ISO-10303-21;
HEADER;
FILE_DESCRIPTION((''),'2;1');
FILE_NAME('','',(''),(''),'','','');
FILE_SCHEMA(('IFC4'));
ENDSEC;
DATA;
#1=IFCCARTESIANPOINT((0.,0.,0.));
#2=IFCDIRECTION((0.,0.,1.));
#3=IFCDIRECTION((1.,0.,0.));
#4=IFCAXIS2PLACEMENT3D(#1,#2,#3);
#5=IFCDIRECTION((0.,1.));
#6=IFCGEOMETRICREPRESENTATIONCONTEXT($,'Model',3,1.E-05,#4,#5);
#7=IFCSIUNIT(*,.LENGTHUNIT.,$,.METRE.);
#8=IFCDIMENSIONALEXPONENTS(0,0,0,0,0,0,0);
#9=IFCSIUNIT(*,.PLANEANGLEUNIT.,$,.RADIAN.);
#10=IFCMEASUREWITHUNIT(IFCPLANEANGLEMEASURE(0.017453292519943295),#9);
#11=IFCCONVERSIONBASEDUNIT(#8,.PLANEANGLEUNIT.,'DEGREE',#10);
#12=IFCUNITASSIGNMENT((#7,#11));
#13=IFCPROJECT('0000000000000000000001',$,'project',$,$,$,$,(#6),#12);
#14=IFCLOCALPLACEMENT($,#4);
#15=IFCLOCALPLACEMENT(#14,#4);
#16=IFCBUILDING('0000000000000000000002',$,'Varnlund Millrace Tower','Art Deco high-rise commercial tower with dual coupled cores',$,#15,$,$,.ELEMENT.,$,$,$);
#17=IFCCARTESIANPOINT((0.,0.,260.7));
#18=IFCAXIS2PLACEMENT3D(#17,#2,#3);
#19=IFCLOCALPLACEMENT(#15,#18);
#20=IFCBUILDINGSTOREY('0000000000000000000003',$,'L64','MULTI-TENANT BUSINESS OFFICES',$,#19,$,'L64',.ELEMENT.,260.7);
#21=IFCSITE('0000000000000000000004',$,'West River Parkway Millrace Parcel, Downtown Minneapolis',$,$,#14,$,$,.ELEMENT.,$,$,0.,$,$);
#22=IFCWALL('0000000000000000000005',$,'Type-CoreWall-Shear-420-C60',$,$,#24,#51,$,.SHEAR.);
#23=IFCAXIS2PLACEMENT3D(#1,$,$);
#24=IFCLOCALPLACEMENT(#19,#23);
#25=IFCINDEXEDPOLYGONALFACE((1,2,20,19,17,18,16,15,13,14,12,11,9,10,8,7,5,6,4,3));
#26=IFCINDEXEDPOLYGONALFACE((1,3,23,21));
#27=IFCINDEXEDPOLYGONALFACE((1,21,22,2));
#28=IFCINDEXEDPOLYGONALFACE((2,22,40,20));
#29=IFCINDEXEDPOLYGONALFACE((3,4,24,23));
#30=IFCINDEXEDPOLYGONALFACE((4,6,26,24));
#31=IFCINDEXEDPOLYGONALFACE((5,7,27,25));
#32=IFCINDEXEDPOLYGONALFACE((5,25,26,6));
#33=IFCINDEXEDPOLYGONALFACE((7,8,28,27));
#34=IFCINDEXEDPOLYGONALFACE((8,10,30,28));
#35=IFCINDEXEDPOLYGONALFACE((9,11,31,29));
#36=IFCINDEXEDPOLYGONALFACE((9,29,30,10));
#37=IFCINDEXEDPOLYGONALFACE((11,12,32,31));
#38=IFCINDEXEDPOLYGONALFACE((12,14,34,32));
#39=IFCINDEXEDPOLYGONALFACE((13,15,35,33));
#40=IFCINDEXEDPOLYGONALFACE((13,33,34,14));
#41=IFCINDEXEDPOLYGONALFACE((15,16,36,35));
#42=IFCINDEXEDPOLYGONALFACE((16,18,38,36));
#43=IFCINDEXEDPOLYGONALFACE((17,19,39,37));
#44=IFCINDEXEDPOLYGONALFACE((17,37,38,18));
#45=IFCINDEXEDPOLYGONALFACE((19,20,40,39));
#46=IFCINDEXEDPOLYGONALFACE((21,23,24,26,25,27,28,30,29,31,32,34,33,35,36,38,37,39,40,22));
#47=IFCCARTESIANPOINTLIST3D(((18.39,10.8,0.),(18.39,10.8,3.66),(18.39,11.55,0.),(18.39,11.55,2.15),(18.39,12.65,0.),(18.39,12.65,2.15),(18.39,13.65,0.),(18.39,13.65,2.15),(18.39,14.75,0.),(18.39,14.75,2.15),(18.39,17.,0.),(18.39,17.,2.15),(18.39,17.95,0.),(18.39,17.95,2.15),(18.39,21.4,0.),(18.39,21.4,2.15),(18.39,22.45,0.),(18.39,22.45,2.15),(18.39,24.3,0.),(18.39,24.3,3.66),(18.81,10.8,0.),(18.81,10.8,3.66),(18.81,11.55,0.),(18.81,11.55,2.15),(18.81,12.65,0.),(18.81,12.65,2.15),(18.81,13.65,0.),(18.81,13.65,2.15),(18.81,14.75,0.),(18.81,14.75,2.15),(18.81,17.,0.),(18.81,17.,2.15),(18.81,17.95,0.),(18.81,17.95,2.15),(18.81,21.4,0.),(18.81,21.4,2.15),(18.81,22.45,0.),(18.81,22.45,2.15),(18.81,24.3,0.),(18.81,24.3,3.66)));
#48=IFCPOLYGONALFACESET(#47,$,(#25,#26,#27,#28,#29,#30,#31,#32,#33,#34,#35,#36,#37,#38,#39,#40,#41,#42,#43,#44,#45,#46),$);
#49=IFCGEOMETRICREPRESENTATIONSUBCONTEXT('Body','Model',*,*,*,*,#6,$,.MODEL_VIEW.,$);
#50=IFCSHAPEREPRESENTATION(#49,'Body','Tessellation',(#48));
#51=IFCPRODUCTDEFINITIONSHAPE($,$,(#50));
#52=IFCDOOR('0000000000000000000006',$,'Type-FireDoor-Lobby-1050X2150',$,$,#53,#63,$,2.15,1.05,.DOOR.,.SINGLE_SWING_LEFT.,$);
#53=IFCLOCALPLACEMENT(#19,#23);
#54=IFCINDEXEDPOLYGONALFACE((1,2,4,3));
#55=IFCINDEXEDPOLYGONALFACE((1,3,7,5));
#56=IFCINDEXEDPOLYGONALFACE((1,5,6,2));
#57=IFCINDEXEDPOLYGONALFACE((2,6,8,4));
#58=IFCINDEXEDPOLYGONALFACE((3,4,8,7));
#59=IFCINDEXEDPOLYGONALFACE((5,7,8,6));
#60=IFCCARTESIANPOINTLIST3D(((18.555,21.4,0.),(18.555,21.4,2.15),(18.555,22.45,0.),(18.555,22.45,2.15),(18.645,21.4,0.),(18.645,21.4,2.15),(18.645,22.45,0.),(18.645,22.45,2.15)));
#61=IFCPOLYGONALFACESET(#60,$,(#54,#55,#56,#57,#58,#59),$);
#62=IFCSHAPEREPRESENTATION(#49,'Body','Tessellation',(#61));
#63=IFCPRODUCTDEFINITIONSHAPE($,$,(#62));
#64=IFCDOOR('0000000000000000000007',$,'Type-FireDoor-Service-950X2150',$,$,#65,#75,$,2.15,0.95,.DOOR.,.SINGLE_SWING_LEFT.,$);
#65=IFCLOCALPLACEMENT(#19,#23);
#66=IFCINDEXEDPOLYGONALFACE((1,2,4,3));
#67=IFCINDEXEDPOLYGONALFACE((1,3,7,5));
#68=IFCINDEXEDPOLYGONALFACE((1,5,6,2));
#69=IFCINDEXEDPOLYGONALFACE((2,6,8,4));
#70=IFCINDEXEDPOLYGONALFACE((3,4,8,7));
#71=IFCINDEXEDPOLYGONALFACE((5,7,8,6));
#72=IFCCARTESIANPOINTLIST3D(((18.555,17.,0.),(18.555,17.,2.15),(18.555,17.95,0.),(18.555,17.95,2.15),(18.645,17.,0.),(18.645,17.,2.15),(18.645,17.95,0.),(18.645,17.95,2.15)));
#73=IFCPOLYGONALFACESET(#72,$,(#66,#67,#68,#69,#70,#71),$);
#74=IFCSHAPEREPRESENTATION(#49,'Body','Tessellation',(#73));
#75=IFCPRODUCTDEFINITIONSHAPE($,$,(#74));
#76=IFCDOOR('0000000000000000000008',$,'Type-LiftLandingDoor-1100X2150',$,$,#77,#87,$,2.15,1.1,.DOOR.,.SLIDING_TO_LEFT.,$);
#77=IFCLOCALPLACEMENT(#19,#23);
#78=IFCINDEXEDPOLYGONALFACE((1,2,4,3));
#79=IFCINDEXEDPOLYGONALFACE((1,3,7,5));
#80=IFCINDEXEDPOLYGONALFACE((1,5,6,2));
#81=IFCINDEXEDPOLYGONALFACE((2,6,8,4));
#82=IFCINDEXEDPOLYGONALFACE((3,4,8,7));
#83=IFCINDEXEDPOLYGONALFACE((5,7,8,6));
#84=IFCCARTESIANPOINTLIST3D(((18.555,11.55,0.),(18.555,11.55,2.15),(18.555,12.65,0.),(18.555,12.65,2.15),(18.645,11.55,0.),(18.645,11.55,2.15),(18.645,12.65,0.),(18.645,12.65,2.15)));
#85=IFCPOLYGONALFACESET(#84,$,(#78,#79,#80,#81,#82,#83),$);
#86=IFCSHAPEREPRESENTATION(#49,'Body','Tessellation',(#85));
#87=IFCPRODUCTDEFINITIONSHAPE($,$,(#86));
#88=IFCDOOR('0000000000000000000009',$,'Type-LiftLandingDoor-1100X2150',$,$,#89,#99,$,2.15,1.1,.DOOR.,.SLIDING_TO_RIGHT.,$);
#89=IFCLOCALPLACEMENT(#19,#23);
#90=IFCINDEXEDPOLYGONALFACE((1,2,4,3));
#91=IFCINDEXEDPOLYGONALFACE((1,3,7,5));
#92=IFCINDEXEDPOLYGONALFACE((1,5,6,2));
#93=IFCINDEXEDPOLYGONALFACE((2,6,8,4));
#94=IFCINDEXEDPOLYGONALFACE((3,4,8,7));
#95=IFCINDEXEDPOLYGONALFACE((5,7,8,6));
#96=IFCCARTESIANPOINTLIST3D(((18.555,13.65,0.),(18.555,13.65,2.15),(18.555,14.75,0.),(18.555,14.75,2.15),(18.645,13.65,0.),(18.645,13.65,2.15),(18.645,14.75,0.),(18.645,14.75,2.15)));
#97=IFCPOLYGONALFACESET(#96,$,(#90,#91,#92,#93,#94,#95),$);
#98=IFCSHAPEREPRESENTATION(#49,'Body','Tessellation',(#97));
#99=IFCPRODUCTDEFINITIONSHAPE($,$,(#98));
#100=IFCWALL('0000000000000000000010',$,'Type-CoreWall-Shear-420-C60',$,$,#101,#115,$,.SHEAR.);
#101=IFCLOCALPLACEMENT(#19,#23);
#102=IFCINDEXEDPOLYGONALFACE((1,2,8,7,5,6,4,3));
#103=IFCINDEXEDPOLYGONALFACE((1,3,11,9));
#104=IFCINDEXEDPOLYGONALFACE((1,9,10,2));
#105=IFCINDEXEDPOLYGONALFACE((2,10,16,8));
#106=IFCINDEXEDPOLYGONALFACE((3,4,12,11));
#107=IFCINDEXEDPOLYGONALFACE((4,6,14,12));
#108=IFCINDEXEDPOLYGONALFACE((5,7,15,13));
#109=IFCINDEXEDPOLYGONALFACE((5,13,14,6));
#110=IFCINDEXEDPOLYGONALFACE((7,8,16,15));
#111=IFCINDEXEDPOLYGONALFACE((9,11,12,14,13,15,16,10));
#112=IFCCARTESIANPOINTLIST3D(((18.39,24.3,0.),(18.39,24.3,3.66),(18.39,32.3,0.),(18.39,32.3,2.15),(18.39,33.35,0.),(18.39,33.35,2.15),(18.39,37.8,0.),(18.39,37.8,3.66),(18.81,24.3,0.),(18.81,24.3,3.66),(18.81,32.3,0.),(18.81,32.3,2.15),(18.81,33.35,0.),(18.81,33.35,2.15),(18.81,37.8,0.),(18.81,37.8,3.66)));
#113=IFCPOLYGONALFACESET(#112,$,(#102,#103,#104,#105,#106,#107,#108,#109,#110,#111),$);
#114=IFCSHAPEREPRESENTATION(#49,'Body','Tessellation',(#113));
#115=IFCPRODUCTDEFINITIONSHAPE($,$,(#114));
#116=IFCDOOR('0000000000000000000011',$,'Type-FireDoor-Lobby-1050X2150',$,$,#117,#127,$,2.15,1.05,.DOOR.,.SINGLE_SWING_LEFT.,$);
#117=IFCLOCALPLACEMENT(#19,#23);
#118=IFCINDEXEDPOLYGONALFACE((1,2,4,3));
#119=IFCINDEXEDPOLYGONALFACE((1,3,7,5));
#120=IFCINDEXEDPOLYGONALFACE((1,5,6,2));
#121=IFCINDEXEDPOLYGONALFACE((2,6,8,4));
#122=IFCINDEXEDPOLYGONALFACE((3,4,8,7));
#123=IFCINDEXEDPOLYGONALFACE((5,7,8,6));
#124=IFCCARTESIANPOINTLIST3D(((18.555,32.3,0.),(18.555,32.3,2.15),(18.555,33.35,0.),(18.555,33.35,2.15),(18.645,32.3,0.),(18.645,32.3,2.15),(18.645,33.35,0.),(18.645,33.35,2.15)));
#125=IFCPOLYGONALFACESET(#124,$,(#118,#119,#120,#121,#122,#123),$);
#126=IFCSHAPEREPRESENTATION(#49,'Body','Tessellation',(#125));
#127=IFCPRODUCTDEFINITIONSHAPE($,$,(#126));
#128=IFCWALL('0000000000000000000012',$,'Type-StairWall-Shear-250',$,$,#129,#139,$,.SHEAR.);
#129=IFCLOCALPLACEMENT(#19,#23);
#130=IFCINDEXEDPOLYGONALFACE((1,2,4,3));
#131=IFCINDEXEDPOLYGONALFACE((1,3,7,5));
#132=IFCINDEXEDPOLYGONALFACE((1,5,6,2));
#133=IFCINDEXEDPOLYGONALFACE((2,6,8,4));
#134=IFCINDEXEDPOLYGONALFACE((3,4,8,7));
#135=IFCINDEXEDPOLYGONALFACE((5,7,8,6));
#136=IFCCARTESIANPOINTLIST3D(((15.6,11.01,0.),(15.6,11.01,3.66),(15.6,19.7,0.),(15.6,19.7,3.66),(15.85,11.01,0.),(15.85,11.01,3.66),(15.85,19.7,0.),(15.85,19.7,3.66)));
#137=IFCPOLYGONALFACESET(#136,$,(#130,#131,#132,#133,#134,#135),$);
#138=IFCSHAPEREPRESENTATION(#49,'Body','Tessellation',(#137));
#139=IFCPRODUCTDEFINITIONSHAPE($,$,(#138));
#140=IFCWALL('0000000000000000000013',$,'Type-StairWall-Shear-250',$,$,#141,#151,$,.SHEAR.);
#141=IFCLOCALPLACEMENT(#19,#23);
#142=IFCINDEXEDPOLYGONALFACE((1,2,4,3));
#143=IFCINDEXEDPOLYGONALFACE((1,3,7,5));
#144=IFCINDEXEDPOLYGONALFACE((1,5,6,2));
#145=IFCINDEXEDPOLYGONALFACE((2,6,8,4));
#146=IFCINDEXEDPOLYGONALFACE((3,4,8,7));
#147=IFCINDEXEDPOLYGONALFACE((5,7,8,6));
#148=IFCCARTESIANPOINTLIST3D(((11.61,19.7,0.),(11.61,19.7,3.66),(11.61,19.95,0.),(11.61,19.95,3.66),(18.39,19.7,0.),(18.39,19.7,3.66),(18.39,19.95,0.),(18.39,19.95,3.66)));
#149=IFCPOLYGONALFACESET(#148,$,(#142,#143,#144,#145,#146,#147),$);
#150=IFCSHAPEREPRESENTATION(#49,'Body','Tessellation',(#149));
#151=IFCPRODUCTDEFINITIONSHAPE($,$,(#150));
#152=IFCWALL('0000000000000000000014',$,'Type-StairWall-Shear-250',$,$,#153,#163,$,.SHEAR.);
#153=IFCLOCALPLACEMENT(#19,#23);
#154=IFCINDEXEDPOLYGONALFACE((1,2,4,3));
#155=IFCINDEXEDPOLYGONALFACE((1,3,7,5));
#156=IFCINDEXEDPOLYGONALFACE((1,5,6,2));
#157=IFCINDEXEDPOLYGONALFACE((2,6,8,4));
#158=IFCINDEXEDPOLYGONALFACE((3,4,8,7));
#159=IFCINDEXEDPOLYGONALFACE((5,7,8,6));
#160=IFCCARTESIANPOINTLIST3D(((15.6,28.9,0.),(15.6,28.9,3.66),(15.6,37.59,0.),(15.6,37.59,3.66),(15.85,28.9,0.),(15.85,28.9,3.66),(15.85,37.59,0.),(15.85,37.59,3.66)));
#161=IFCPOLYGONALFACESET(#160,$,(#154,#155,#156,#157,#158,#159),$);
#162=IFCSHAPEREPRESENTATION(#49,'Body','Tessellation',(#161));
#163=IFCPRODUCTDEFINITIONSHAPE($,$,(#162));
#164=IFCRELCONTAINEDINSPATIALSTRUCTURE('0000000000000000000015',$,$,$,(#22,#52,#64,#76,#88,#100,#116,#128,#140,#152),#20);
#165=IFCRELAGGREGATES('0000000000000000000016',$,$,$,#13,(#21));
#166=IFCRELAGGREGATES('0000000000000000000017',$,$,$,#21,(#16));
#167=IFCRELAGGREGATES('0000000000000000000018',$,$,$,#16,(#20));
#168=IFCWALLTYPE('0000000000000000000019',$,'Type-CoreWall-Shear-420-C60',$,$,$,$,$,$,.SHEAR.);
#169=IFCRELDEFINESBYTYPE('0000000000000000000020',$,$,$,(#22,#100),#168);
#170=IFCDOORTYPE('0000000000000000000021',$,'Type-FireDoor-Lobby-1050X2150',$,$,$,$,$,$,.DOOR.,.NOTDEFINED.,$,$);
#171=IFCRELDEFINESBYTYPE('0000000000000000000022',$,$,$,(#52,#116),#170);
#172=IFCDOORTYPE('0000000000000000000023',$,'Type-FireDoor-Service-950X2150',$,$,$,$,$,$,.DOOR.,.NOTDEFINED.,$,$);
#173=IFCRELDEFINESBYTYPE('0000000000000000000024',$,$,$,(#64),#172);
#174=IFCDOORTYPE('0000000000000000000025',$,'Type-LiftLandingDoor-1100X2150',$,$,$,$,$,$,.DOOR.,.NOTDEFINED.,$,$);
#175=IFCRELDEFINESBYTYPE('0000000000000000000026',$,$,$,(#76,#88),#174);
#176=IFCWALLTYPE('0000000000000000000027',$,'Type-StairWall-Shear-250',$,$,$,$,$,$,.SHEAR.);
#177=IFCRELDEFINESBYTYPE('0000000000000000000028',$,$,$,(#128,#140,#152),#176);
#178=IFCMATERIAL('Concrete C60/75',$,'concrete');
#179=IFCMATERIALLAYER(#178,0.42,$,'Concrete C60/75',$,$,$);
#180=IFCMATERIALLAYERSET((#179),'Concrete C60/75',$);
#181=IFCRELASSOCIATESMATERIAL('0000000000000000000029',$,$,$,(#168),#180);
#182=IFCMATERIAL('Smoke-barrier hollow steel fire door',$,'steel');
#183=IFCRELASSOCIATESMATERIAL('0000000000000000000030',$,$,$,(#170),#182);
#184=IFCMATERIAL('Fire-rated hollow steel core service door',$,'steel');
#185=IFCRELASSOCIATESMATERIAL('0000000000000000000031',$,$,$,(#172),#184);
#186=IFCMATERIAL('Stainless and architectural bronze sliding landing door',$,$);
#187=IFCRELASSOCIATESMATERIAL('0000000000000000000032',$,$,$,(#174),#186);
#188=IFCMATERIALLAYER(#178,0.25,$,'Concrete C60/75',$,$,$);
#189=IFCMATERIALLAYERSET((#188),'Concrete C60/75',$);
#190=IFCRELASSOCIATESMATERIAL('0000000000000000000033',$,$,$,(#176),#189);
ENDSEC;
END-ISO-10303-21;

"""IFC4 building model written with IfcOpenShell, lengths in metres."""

from ifc_helpers import new_model, entity, si_unit, converted_unit, direction, frame, origin_with_axes, origin_2d_with_axis, place, context, subcontext, project, spatial, polyline, rectangle, outline, extrude, material, layer, layer_set, type_object, element, fill, save


model = new_model("IFC4")

# Units and contexts
model_context = context("Model", 3, precision=1e-05, world=origin_with_axes(), true_north=direction((0.0, 1.0)))
body_context = subcontext(model_context, "Body", "Model", "MODEL_VIEW")
ifc_project = project(units=[si_unit("LENGTHUNIT", "METRE"), converted_unit("PLANEANGLEUNIT", "DEGREE", entity("IfcPlaneAngleMeasure", 0.017453292519943295), si_unit("PLANEANGLEUNIT", "RADIAN"), dimensions=[0, 0, 0, 0, 0, 0, 0])], contexts=[model_context])

# Site, building, storey
site_placement = place(None, origin_with_axes())
site = spatial("IfcSite", under=ifc_project, at=site_placement, Name="West River Parkway Millrace Parcel, Downtown Minneapolis", CompositionType="ELEMENT", RefElevation=0.0)
building_placement = place(site_placement, origin_with_axes())
building = spatial("IfcBuilding", under=site, at=building_placement, Name="Varnlund Millrace Tower", Description="Art Deco high-rise commercial tower with dual coupled cores", CompositionType="ELEMENT")
storey_placement = place(building_placement, frame((0.0, 0.0, 260.7), z_axis=(0.0, 0.0, 1.0), x_axis=(1.0, 0.0, 0.0)))
storey = spatial("IfcBuildingStorey", under=building, at=storey_placement, Name="L64", Description="MULTI-TENANT BUSINESS OFFICES", LongName="L64", CompositionType="ELEMENT", Elevation=260.7)

# Shared definitions
ifc_material_1 = material(Name="Concrete C60/75", Category="concrete")

# Shared definitions
ifc_layer_1 = layer(ifc_material_1, 0.42, Name="Concrete C60/75")
ifc_layer_set_1 = layer_set([ifc_layer_1], Name="Concrete C60/75")
wall_type_1 = type_object("IfcWallType", Name="Type-CoreWall-Shear-420-C60", PredefinedType="SHEAR", material=ifc_layer_set_1)

# Wall, openings, doors
wall_1_placement = place(storey_placement, frame((18.6, 10.8, 0.0), z_axis=(0.0, 0.0, 1.0), x_axis=(0.0, 1.0, 0.0)))
wall_1 = element("IfcWall", 1, at=wall_1_placement, inside=storey, type_object=wall_type_1, Name="Type-CoreWall-Shear-420-C60", PredefinedType="SHEAR", context=body_context, shape_type="SweptSolid", body=[
    extrude(outline(polyline([(0.0, -0.21), (13.5, -0.21), (13.5, 0.21), (0.0, 0.21), (0.0, -0.21)])), origin_with_axes(), (0.0, 0.0, 1.0), 3.66),
])
opening_1_placement = place(wall_1_placement, frame((1.3, 0.0, 0.0), z_axis=(0.0, 0.0, 1.0), x_axis=(1.0, 0.0, 0.0)))
opening_1 = element("IfcOpeningElement", 2, at=opening_1_placement, cuts=wall_1, PredefinedType="OPENING", context=body_context, shape_type="SweptSolid", body=[
    extrude(rectangle(XDim=1.1, YDim=0.44, at=origin_2d_with_axis()), origin_with_axes(), (0.0, 0.0, 1.0), 2.15),
])
opening_2_placement = place(wall_1_placement, frame((3.4, 0.0, 0.0), z_axis=(0.0, 0.0, 1.0), x_axis=(1.0, 0.0, 0.0)))
opening_2 = element("IfcOpeningElement", 3, at=opening_2_placement, cuts=wall_1, PredefinedType="OPENING", context=body_context, shape_type="SweptSolid", body=[
    extrude(rectangle(XDim=1.1, YDim=0.44, at=origin_2d_with_axis()), origin_with_axes(), (0.0, 0.0, 1.0), 2.15),
])
opening_3_placement = place(wall_1_placement, frame((11.125, 0.0, 0.0), z_axis=(0.0, 0.0, 1.0), x_axis=(1.0, 0.0, 0.0)))
opening_3 = element("IfcOpeningElement", 4, at=opening_3_placement, cuts=wall_1, PredefinedType="OPENING", context=body_context, shape_type="SweptSolid", body=[
    extrude(rectangle(XDim=1.05, YDim=0.44, at=origin_2d_with_axis()), origin_with_axes(), (0.0, 0.0, 1.0), 2.15),
])
opening_4_placement = place(wall_1_placement, frame((6.675, 0.0, 0.0), z_axis=(0.0, 0.0, 1.0), x_axis=(1.0, 0.0, 0.0)))
opening_4 = element("IfcOpeningElement", 5, at=opening_4_placement, cuts=wall_1, PredefinedType="OPENING", context=body_context, shape_type="SweptSolid", body=[
    extrude(rectangle(XDim=0.95, YDim=0.44, at=origin_2d_with_axis()), origin_with_axes(), (0.0, 0.0, 1.0), 2.15),
])
ifc_material_2 = material(Name="Smoke-barrier hollow steel fire door", Category="steel")
door_type_1 = type_object("IfcDoorType", Name="Type-FireDoor-Lobby-1050X2150", OperationType="NOTDEFINED", PredefinedType="DOOR", material=ifc_material_2)
door_1_placement = place(wall_1_placement, frame((11.125, 0.0, 0.0), z_axis=(0.0, 0.0, 1.0), x_axis=(1.0, 0.0, 0.0)))
door_1 = element("IfcDoor", 6, at=door_1_placement, inside=storey, type_object=door_type_1, Name="Type-FireDoor-Lobby-1050X2150", OperationType="SINGLE_SWING_LEFT", OverallHeight=2.15, OverallWidth=1.05, PredefinedType="DOOR", context=body_context, shape_type="SweptSolid", body=[
    extrude(rectangle(XDim=1.05, YDim=0.09, at=origin_2d_with_axis()), origin_with_axes(), (0.0, 0.0, 1.0), 2.15),
])
fill(opening_3, door_1)
ifc_material_3 = material(Name="Fire-rated hollow steel core service door", Category="steel")
door_type_2 = type_object("IfcDoorType", Name="Type-FireDoor-Service-950X2150", OperationType="NOTDEFINED", PredefinedType="DOOR", material=ifc_material_3)
door_2_placement = place(wall_1_placement, frame((6.675, 0.0, 0.0), z_axis=(0.0, 0.0, 1.0), x_axis=(1.0, 0.0, 0.0)))
door_2 = element("IfcDoor", 7, at=door_2_placement, inside=storey, type_object=door_type_2, Name="Type-FireDoor-Service-950X2150", OperationType="SINGLE_SWING_LEFT", OverallHeight=2.15, OverallWidth=0.95, PredefinedType="DOOR", context=body_context, shape_type="SweptSolid", body=[
    extrude(rectangle(XDim=0.95, YDim=0.09, at=origin_2d_with_axis()), origin_with_axes(), (0.0, 0.0, 1.0), 2.15),
])
fill(opening_4, door_2)
ifc_material_4 = material(Name="Stainless and architectural bronze sliding landing door")
door_type_3 = type_object("IfcDoorType", Name="Type-LiftLandingDoor-1100X2150", OperationType="NOTDEFINED", PredefinedType="DOOR", material=ifc_material_4)
door_3_placement = place(wall_1_placement, frame((1.3, 0.0, 0.0), z_axis=(0.0, 0.0, 1.0), x_axis=(1.0, 0.0, 0.0)))
door_3 = element("IfcDoor", 8, at=door_3_placement, inside=storey, type_object=door_type_3, Name="Type-LiftLandingDoor-1100X2150", OperationType="SLIDING_TO_LEFT", OverallHeight=2.15, OverallWidth=1.1, PredefinedType="DOOR", context=body_context, shape_type="SweptSolid", body=[
    extrude(rectangle(XDim=1.1, YDim=0.09, at=origin_2d_with_axis()), origin_with_axes(), (0.0, 0.0, 1.0), 2.15),
])
fill(opening_1, door_3)
door_4_placement = place(wall_1_placement, frame((3.4, 0.0, 0.0), z_axis=(0.0, 0.0, 1.0), x_axis=(1.0, 0.0, 0.0)))
door_4 = element("IfcDoor", 9, at=door_4_placement, inside=storey, type_object=door_type_3, Name="Type-LiftLandingDoor-1100X2150", OperationType="SLIDING_TO_RIGHT", OverallHeight=2.15, OverallWidth=1.1, PredefinedType="DOOR", context=body_context, shape_type="SweptSolid", body=[
    extrude(rectangle(XDim=1.1, YDim=0.09, at=origin_2d_with_axis()), origin_with_axes(), (0.0, 0.0, 1.0), 2.15),
])
fill(opening_2, door_4)

# Wall, opening, door
wall_2_placement = place(storey_placement, frame((18.6, 24.3, 0.0), z_axis=(0.0, 0.0, 1.0), x_axis=(0.0, 1.0, 0.0)))
wall_2 = element("IfcWall", 10, at=wall_2_placement, inside=storey, type_object=wall_type_1, Name="Type-CoreWall-Shear-420-C60", PredefinedType="SHEAR", context=body_context, shape_type="SweptSolid", body=[
    extrude(outline(polyline([(0.0, -0.21), (13.5, -0.21), (13.5, 0.21), (0.0, 0.21), (0.0, -0.21)])), origin_with_axes(), (0.0, 0.0, 1.0), 3.66),
])
opening_5_placement = place(wall_2_placement, frame((8.525, 0.0, 0.0), z_axis=(0.0, 0.0, 1.0), x_axis=(1.0, 0.0, 0.0)))
opening_5 = element("IfcOpeningElement", 11, at=opening_5_placement, cuts=wall_2, PredefinedType="OPENING", context=body_context, shape_type="SweptSolid", body=[
    extrude(rectangle(XDim=1.05, YDim=0.44, at=origin_2d_with_axis()), origin_with_axes(), (0.0, 0.0, 1.0), 2.15),
])
door_5_placement = place(wall_2_placement, frame((8.525, 0.0, 0.0), z_axis=(0.0, 0.0, 1.0), x_axis=(1.0, 0.0, 0.0)))
door_5 = element("IfcDoor", 12, at=door_5_placement, inside=storey, type_object=door_type_1, Name="Type-FireDoor-Lobby-1050X2150", OperationType="SINGLE_SWING_LEFT", OverallHeight=2.15, OverallWidth=1.05, PredefinedType="DOOR", context=body_context, shape_type="SweptSolid", body=[
    extrude(rectangle(XDim=1.05, YDim=0.09, at=origin_2d_with_axis()), origin_with_axes(), (0.0, 0.0, 1.0), 2.15),
])
fill(opening_5, door_5)

# Walls
ifc_layer_2 = layer(ifc_material_1, 0.25, Name="Concrete C60/75")
ifc_layer_set_2 = layer_set([ifc_layer_2], Name="Concrete C60/75")
wall_type_2 = type_object("IfcWallType", Name="Type-StairWall-Shear-250", PredefinedType="SHEAR", material=ifc_layer_set_2)
wall_3_placement = place(storey_placement, frame((15.725, 11.01, 0.0), z_axis=(0.0, 0.0, 1.0), x_axis=(0.0, 1.0, 0.0)))
element("IfcWall", 13, at=wall_3_placement, inside=storey, type_object=wall_type_2, Name="Type-StairWall-Shear-250", PredefinedType="SHEAR", context=body_context, shape_type="SweptSolid", body=[
    extrude(outline(polyline([(0.0, -0.125), (8.69, -0.125), (8.69, 0.125), (0.0, 0.125), (0.0, -0.125)])), origin_with_axes(), (0.0, 0.0, 1.0), 3.66),
])
wall_4_placement = place(storey_placement, frame((11.61, 19.825, 0.0), z_axis=(0.0, 0.0, 1.0), x_axis=(1.0, 0.0, 0.0)))
element("IfcWall", 14, at=wall_4_placement, inside=storey, type_object=wall_type_2, Name="Type-StairWall-Shear-250", PredefinedType="SHEAR", context=body_context, shape_type="SweptSolid", body=[
    extrude(outline(polyline([(0.0, -0.125), (6.78, -0.125), (6.78, 0.125), (0.0, 0.125), (0.0, -0.125)])), origin_with_axes(), (0.0, 0.0, 1.0), 3.66),
])
wall_5_placement = place(storey_placement, frame((15.725, 28.9, 0.0), z_axis=(0.0, 0.0, 1.0), x_axis=(0.0, 1.0, 0.0)))
element("IfcWall", 15, at=wall_5_placement, inside=storey, type_object=wall_type_2, Name="Type-StairWall-Shear-250", PredefinedType="SHEAR", context=body_context, shape_type="SweptSolid", body=[
    extrude(outline(polyline([(0.0, -0.125), (8.69, -0.125), (8.69, 0.125), (0.0, 0.125), (0.0, -0.125)])), origin_with_axes(), (0.0, 0.0, 1.0), 3.66),
])

save(model, "model.ifc")
